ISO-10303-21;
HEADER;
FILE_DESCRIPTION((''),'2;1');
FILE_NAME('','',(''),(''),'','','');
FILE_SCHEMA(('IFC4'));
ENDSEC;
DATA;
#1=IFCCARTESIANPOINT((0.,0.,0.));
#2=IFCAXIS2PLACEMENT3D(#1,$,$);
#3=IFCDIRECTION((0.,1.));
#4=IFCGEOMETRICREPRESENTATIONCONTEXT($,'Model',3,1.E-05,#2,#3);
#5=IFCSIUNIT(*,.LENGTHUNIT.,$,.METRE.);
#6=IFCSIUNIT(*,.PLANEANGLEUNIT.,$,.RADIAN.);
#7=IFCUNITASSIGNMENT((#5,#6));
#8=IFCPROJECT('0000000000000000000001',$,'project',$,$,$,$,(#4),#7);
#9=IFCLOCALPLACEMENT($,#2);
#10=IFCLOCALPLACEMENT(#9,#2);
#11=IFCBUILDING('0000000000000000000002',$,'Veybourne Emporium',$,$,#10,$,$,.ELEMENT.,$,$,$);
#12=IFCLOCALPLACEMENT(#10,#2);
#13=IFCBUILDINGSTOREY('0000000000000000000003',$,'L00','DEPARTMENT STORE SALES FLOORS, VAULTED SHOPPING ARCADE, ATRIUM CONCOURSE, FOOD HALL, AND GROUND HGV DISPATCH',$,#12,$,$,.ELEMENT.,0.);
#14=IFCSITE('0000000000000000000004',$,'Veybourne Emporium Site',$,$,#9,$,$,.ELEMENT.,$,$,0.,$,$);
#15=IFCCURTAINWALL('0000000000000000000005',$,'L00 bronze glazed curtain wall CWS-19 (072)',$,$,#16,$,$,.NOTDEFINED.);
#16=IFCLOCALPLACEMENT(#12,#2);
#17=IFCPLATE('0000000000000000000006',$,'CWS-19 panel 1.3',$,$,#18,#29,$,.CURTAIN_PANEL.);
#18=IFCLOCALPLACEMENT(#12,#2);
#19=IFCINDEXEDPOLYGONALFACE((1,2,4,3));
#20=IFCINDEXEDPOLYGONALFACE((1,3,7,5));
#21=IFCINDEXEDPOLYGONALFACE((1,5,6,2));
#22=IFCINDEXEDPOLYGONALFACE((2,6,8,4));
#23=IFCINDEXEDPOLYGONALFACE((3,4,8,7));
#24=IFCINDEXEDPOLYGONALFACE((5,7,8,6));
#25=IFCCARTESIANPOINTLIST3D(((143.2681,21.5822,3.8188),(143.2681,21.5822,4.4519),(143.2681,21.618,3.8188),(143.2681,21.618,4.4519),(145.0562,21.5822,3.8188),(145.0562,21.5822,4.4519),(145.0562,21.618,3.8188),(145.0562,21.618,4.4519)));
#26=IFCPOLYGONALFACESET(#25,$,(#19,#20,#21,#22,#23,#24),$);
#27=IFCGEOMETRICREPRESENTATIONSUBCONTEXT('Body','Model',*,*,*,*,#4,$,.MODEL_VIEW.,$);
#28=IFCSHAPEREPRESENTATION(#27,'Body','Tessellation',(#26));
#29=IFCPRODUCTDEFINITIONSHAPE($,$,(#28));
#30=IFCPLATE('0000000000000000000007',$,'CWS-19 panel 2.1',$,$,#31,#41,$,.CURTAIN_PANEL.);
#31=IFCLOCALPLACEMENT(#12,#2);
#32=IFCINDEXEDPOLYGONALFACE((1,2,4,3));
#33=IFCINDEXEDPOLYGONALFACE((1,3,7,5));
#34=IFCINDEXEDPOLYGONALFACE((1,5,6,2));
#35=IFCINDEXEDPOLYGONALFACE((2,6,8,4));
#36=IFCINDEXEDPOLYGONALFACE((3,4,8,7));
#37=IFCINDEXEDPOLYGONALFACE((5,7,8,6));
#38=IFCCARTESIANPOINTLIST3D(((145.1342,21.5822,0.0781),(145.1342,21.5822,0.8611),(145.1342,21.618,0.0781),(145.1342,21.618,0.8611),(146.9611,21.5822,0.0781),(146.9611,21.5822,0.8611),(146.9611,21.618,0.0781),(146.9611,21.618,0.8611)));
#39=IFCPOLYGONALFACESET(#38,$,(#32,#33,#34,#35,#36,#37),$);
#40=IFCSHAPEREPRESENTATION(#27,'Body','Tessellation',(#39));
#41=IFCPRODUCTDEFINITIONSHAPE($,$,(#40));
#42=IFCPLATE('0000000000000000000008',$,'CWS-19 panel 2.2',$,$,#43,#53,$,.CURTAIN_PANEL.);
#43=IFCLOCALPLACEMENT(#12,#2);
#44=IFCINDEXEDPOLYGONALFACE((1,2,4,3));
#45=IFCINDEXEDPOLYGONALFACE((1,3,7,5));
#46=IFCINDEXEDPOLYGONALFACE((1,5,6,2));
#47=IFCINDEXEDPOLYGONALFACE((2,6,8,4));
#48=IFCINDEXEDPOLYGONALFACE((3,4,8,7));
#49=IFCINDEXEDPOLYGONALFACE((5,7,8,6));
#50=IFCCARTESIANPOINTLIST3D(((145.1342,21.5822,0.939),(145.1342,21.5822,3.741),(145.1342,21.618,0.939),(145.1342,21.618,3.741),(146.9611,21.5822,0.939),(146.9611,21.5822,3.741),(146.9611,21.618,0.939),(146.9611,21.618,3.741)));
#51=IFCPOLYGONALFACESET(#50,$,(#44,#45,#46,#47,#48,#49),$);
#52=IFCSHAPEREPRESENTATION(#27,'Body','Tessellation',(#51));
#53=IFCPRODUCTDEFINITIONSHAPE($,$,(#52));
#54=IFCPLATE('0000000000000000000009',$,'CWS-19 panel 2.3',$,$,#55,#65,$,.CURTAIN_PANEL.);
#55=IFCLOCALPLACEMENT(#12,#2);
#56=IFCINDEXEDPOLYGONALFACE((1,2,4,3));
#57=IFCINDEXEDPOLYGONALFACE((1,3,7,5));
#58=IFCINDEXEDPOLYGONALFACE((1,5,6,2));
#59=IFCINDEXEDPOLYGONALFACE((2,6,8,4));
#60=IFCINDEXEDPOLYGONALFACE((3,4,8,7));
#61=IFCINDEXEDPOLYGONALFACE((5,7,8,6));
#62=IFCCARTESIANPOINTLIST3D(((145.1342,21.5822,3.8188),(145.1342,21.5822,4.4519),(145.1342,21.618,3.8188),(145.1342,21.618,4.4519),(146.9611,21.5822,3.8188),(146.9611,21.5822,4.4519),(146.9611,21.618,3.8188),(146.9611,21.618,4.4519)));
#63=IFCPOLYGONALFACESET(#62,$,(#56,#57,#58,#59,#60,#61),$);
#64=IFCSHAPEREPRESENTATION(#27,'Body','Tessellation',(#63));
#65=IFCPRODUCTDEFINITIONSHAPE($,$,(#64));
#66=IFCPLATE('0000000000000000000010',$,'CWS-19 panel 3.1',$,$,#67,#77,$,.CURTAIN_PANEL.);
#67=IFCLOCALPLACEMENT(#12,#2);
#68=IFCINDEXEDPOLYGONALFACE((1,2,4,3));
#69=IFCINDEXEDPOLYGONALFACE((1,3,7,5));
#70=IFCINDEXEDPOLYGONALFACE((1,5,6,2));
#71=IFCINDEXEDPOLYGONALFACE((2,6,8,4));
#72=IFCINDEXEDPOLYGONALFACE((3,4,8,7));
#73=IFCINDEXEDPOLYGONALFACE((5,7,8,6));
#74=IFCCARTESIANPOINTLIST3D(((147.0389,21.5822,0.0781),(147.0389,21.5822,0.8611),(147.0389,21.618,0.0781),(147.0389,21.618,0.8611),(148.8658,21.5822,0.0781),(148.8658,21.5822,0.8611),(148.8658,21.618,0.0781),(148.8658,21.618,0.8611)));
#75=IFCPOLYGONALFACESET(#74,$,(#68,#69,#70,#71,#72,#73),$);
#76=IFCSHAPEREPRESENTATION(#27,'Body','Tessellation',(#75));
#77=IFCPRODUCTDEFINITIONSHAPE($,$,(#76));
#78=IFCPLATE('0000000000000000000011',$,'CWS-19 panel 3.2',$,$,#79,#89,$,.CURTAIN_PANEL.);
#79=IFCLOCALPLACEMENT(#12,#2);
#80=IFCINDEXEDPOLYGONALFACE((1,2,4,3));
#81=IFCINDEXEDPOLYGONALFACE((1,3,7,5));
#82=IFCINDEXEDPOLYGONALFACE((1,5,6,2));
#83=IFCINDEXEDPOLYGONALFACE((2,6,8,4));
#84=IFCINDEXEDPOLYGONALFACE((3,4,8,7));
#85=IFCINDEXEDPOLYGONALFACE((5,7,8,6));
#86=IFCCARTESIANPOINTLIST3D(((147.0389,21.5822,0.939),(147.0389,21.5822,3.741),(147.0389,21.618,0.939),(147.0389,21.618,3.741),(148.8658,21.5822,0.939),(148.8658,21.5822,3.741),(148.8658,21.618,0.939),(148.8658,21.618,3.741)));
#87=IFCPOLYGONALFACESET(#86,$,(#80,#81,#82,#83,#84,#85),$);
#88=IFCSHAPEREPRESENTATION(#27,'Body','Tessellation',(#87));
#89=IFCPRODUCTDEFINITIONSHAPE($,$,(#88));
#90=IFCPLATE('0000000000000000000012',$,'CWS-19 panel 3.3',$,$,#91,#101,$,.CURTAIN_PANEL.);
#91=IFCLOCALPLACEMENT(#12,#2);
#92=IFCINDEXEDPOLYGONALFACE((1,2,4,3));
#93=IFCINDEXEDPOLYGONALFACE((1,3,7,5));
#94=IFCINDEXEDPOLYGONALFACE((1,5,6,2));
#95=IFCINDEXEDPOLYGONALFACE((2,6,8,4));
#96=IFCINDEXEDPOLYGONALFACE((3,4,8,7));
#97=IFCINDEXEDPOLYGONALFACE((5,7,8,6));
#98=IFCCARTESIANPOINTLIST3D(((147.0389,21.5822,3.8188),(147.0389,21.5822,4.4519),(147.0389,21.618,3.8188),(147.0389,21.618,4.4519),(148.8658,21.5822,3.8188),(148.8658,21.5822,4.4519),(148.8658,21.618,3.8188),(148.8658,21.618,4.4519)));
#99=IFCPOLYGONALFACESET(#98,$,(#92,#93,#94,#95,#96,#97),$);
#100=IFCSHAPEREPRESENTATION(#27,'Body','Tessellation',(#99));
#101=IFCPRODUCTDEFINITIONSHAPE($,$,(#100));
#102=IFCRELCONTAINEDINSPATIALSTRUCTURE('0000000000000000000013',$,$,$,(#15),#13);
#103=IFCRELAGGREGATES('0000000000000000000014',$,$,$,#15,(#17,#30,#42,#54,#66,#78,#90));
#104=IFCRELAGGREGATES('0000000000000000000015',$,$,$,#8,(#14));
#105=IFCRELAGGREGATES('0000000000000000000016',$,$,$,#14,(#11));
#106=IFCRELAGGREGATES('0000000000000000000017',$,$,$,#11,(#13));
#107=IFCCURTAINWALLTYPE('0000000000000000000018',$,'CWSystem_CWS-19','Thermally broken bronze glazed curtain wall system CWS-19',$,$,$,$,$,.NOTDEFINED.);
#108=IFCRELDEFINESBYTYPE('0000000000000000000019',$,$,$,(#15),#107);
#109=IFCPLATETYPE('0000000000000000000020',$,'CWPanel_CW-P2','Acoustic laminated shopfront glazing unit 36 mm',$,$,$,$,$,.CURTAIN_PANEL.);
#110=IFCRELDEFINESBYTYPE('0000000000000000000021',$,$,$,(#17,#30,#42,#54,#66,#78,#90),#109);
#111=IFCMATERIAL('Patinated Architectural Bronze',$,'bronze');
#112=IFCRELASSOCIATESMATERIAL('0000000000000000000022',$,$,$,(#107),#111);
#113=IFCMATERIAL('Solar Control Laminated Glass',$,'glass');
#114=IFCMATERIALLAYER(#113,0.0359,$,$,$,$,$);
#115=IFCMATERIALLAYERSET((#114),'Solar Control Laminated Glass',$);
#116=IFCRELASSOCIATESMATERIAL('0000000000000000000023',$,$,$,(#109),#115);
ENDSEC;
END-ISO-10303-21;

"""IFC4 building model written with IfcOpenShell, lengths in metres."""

from ifc_helpers import new_model, si_unit, direction, frame, origin, origin_2d, place, context, subcontext, project, spatial, rectangle, extrude, material, layer, layer_set, type_object, element, aggregate, save


model = new_model("IFC4")

# Units and contexts
model_context = context("Model", 3, precision=1e-05, world=origin(), true_north=direction((0.0, 1.0)))
body_context = subcontext(model_context, "Body", "Model", "MODEL_VIEW")
ifc_project = project(units=[si_unit("LENGTHUNIT", "METRE"), si_unit("PLANEANGLEUNIT", "RADIAN")], contexts=[model_context])

# Site, building, storey
site_placement = place(None, origin())
site = spatial("IfcSite", under=ifc_project, at=site_placement, Name="Veybourne Emporium Site", CompositionType="ELEMENT", RefElevation=0.0)
building_placement = place(site_placement, origin())
building = spatial("IfcBuilding", under=site, at=building_placement, Name="Veybourne Emporium", CompositionType="ELEMENT")
storey_placement = place(building_placement, origin())
storey = spatial("IfcBuildingStorey", under=building, at=storey_placement, Name="L00", Description="DEPARTMENT STORE SALES FLOORS, VAULTED SHOPPING ARCADE, ATRIUM CONCOURSE, FOOD HALL, AND GROUND HGV DISPATCH", CompositionType="ELEMENT", Elevation=0.0)

# Curtain wall
ifc_material_1 = material(Name="Patinated Architectural Bronze", Category="bronze")
curtain_wall_type = type_object("IfcCurtainWallType", Name="CWSystem_CWS-19", Description="Thermally broken bronze glazed curtain wall system CWS-19", PredefinedType="NOTDEFINED", material=ifc_material_1)
curtain_wall_placement = place(storey_placement, origin())
curtain_wall = element("IfcCurtainWall", 1, at=curtain_wall_placement, inside=storey, type_object=curtain_wall_type, Name="L00 bronze glazed curtain wall CWS-19 (072)", PredefinedType="NOTDEFINED")

# Plates
ifc_material_2 = material(Name="Solar Control Laminated Glass", Category="glass")
ifc_layer = layer(ifc_material_2, 0.0359)
ifc_layer_set = layer_set([ifc_layer], Name="Solar Control Laminated Glass")
plate_type = type_object("IfcPlateType", Name="CWPanel_CW-P2", Description="Acoustic laminated shopfront glazing unit 36 mm", PredefinedType="CURTAIN_PANEL", material=ifc_layer_set)
plate_1_placement = place(storey_placement, frame((144.1621, 21.6001, 3.8188), z_axis=(0.0, 0.0, 1.0), x_axis=(1.0, 0.0, 0.0)))
plate_1 = element("IfcPlate", 2, at=plate_1_placement, type_object=plate_type, Name="CWS-19 panel 1.3", PredefinedType="CURTAIN_PANEL", context=body_context, shape_type="SweptSolid", body=[
    extrude(rectangle(XDim=1.7881, YDim=0.0359, at=origin_2d()), origin(), (0.0, 0.0, 1.0), 0.6331),
])
plate_2_placement = place(storey_placement, frame((146.0476, 21.6001, 0.0781), z_axis=(0.0, 0.0, 1.0), x_axis=(1.0, 0.0, 0.0)))
plate_2 = element("IfcPlate", 3, at=plate_2_placement, type_object=plate_type, Name="CWS-19 panel 2.1", PredefinedType="CURTAIN_PANEL", context=body_context, shape_type="SweptSolid", body=[
    extrude(rectangle(XDim=1.8269, YDim=0.0359, at=origin_2d()), origin(), (0.0, 0.0, 1.0), 0.783),
])
plate_3_placement = place(storey_placement, frame((146.0476, 21.6001, 0.939), z_axis=(0.0, 0.0, 1.0), x_axis=(1.0, 0.0, 0.0)))
plate_3 = element("IfcPlate", 4, at=plate_3_placement, type_object=plate_type, Name="CWS-19 panel 2.2", PredefinedType="CURTAIN_PANEL", context=body_context, shape_type="SweptSolid", body=[
    extrude(rectangle(XDim=1.8269, YDim=0.0359, at=origin_2d()), origin(), (0.0, 0.0, 1.0), 2.802),
])
plate_4_placement = place(storey_placement, frame((146.0476, 21.6001, 3.8188), z_axis=(0.0, 0.0, 1.0), x_axis=(1.0, 0.0, 0.0)))
plate_4 = element("IfcPlate", 5, at=plate_4_placement, type_object=plate_type, Name="CWS-19 panel 2.3", PredefinedType="CURTAIN_PANEL", context=body_context, shape_type="SweptSolid", body=[
    extrude(rectangle(XDim=1.8269, YDim=0.0359, at=origin_2d()), origin(), (0.0, 0.0, 1.0), 0.6331),
])
plate_5_placement = place(storey_placement, frame((147.9524, 21.6001, 0.0781), z_axis=(0.0, 0.0, 1.0), x_axis=(1.0, 0.0, 0.0)))
plate_5 = element("IfcPlate", 6, at=plate_5_placement, type_object=plate_type, Name="CWS-19 panel 3.1", PredefinedType="CURTAIN_PANEL", context=body_context, shape_type="SweptSolid", body=[
    extrude(rectangle(XDim=1.8269, YDim=0.0359, at=origin_2d()), origin(), (0.0, 0.0, 1.0), 0.783),
])
plate_6_placement = place(storey_placement, frame((147.9524, 21.6001, 0.939), z_axis=(0.0, 0.0, 1.0), x_axis=(1.0, 0.0, 0.0)))
plate_6 = element("IfcPlate", 7, at=plate_6_placement, type_object=plate_type, Name="CWS-19 panel 3.2", PredefinedType="CURTAIN_PANEL", context=body_context, shape_type="SweptSolid", body=[
    extrude(rectangle(XDim=1.8269, YDim=0.0359, at=origin_2d()), origin(), (0.0, 0.0, 1.0), 2.802),
])
plate_7_placement = place(storey_placement, frame((147.9524, 21.6001, 3.8188), z_axis=(0.0, 0.0, 1.0), x_axis=(1.0, 0.0, 0.0)))
plate_7 = element("IfcPlate", 8, at=plate_7_placement, type_object=plate_type, Name="CWS-19 panel 3.3", PredefinedType="CURTAIN_PANEL", context=body_context, shape_type="SweptSolid", body=[
    extrude(rectangle(XDim=1.8269, YDim=0.0359, at=origin_2d()), origin(), (0.0, 0.0, 1.0), 0.6331),
])
aggregate(curtain_wall, [plate_1, plate_2, plate_3, plate_4, plate_5, plate_6, plate_7])

save(model, "model.ifc")
